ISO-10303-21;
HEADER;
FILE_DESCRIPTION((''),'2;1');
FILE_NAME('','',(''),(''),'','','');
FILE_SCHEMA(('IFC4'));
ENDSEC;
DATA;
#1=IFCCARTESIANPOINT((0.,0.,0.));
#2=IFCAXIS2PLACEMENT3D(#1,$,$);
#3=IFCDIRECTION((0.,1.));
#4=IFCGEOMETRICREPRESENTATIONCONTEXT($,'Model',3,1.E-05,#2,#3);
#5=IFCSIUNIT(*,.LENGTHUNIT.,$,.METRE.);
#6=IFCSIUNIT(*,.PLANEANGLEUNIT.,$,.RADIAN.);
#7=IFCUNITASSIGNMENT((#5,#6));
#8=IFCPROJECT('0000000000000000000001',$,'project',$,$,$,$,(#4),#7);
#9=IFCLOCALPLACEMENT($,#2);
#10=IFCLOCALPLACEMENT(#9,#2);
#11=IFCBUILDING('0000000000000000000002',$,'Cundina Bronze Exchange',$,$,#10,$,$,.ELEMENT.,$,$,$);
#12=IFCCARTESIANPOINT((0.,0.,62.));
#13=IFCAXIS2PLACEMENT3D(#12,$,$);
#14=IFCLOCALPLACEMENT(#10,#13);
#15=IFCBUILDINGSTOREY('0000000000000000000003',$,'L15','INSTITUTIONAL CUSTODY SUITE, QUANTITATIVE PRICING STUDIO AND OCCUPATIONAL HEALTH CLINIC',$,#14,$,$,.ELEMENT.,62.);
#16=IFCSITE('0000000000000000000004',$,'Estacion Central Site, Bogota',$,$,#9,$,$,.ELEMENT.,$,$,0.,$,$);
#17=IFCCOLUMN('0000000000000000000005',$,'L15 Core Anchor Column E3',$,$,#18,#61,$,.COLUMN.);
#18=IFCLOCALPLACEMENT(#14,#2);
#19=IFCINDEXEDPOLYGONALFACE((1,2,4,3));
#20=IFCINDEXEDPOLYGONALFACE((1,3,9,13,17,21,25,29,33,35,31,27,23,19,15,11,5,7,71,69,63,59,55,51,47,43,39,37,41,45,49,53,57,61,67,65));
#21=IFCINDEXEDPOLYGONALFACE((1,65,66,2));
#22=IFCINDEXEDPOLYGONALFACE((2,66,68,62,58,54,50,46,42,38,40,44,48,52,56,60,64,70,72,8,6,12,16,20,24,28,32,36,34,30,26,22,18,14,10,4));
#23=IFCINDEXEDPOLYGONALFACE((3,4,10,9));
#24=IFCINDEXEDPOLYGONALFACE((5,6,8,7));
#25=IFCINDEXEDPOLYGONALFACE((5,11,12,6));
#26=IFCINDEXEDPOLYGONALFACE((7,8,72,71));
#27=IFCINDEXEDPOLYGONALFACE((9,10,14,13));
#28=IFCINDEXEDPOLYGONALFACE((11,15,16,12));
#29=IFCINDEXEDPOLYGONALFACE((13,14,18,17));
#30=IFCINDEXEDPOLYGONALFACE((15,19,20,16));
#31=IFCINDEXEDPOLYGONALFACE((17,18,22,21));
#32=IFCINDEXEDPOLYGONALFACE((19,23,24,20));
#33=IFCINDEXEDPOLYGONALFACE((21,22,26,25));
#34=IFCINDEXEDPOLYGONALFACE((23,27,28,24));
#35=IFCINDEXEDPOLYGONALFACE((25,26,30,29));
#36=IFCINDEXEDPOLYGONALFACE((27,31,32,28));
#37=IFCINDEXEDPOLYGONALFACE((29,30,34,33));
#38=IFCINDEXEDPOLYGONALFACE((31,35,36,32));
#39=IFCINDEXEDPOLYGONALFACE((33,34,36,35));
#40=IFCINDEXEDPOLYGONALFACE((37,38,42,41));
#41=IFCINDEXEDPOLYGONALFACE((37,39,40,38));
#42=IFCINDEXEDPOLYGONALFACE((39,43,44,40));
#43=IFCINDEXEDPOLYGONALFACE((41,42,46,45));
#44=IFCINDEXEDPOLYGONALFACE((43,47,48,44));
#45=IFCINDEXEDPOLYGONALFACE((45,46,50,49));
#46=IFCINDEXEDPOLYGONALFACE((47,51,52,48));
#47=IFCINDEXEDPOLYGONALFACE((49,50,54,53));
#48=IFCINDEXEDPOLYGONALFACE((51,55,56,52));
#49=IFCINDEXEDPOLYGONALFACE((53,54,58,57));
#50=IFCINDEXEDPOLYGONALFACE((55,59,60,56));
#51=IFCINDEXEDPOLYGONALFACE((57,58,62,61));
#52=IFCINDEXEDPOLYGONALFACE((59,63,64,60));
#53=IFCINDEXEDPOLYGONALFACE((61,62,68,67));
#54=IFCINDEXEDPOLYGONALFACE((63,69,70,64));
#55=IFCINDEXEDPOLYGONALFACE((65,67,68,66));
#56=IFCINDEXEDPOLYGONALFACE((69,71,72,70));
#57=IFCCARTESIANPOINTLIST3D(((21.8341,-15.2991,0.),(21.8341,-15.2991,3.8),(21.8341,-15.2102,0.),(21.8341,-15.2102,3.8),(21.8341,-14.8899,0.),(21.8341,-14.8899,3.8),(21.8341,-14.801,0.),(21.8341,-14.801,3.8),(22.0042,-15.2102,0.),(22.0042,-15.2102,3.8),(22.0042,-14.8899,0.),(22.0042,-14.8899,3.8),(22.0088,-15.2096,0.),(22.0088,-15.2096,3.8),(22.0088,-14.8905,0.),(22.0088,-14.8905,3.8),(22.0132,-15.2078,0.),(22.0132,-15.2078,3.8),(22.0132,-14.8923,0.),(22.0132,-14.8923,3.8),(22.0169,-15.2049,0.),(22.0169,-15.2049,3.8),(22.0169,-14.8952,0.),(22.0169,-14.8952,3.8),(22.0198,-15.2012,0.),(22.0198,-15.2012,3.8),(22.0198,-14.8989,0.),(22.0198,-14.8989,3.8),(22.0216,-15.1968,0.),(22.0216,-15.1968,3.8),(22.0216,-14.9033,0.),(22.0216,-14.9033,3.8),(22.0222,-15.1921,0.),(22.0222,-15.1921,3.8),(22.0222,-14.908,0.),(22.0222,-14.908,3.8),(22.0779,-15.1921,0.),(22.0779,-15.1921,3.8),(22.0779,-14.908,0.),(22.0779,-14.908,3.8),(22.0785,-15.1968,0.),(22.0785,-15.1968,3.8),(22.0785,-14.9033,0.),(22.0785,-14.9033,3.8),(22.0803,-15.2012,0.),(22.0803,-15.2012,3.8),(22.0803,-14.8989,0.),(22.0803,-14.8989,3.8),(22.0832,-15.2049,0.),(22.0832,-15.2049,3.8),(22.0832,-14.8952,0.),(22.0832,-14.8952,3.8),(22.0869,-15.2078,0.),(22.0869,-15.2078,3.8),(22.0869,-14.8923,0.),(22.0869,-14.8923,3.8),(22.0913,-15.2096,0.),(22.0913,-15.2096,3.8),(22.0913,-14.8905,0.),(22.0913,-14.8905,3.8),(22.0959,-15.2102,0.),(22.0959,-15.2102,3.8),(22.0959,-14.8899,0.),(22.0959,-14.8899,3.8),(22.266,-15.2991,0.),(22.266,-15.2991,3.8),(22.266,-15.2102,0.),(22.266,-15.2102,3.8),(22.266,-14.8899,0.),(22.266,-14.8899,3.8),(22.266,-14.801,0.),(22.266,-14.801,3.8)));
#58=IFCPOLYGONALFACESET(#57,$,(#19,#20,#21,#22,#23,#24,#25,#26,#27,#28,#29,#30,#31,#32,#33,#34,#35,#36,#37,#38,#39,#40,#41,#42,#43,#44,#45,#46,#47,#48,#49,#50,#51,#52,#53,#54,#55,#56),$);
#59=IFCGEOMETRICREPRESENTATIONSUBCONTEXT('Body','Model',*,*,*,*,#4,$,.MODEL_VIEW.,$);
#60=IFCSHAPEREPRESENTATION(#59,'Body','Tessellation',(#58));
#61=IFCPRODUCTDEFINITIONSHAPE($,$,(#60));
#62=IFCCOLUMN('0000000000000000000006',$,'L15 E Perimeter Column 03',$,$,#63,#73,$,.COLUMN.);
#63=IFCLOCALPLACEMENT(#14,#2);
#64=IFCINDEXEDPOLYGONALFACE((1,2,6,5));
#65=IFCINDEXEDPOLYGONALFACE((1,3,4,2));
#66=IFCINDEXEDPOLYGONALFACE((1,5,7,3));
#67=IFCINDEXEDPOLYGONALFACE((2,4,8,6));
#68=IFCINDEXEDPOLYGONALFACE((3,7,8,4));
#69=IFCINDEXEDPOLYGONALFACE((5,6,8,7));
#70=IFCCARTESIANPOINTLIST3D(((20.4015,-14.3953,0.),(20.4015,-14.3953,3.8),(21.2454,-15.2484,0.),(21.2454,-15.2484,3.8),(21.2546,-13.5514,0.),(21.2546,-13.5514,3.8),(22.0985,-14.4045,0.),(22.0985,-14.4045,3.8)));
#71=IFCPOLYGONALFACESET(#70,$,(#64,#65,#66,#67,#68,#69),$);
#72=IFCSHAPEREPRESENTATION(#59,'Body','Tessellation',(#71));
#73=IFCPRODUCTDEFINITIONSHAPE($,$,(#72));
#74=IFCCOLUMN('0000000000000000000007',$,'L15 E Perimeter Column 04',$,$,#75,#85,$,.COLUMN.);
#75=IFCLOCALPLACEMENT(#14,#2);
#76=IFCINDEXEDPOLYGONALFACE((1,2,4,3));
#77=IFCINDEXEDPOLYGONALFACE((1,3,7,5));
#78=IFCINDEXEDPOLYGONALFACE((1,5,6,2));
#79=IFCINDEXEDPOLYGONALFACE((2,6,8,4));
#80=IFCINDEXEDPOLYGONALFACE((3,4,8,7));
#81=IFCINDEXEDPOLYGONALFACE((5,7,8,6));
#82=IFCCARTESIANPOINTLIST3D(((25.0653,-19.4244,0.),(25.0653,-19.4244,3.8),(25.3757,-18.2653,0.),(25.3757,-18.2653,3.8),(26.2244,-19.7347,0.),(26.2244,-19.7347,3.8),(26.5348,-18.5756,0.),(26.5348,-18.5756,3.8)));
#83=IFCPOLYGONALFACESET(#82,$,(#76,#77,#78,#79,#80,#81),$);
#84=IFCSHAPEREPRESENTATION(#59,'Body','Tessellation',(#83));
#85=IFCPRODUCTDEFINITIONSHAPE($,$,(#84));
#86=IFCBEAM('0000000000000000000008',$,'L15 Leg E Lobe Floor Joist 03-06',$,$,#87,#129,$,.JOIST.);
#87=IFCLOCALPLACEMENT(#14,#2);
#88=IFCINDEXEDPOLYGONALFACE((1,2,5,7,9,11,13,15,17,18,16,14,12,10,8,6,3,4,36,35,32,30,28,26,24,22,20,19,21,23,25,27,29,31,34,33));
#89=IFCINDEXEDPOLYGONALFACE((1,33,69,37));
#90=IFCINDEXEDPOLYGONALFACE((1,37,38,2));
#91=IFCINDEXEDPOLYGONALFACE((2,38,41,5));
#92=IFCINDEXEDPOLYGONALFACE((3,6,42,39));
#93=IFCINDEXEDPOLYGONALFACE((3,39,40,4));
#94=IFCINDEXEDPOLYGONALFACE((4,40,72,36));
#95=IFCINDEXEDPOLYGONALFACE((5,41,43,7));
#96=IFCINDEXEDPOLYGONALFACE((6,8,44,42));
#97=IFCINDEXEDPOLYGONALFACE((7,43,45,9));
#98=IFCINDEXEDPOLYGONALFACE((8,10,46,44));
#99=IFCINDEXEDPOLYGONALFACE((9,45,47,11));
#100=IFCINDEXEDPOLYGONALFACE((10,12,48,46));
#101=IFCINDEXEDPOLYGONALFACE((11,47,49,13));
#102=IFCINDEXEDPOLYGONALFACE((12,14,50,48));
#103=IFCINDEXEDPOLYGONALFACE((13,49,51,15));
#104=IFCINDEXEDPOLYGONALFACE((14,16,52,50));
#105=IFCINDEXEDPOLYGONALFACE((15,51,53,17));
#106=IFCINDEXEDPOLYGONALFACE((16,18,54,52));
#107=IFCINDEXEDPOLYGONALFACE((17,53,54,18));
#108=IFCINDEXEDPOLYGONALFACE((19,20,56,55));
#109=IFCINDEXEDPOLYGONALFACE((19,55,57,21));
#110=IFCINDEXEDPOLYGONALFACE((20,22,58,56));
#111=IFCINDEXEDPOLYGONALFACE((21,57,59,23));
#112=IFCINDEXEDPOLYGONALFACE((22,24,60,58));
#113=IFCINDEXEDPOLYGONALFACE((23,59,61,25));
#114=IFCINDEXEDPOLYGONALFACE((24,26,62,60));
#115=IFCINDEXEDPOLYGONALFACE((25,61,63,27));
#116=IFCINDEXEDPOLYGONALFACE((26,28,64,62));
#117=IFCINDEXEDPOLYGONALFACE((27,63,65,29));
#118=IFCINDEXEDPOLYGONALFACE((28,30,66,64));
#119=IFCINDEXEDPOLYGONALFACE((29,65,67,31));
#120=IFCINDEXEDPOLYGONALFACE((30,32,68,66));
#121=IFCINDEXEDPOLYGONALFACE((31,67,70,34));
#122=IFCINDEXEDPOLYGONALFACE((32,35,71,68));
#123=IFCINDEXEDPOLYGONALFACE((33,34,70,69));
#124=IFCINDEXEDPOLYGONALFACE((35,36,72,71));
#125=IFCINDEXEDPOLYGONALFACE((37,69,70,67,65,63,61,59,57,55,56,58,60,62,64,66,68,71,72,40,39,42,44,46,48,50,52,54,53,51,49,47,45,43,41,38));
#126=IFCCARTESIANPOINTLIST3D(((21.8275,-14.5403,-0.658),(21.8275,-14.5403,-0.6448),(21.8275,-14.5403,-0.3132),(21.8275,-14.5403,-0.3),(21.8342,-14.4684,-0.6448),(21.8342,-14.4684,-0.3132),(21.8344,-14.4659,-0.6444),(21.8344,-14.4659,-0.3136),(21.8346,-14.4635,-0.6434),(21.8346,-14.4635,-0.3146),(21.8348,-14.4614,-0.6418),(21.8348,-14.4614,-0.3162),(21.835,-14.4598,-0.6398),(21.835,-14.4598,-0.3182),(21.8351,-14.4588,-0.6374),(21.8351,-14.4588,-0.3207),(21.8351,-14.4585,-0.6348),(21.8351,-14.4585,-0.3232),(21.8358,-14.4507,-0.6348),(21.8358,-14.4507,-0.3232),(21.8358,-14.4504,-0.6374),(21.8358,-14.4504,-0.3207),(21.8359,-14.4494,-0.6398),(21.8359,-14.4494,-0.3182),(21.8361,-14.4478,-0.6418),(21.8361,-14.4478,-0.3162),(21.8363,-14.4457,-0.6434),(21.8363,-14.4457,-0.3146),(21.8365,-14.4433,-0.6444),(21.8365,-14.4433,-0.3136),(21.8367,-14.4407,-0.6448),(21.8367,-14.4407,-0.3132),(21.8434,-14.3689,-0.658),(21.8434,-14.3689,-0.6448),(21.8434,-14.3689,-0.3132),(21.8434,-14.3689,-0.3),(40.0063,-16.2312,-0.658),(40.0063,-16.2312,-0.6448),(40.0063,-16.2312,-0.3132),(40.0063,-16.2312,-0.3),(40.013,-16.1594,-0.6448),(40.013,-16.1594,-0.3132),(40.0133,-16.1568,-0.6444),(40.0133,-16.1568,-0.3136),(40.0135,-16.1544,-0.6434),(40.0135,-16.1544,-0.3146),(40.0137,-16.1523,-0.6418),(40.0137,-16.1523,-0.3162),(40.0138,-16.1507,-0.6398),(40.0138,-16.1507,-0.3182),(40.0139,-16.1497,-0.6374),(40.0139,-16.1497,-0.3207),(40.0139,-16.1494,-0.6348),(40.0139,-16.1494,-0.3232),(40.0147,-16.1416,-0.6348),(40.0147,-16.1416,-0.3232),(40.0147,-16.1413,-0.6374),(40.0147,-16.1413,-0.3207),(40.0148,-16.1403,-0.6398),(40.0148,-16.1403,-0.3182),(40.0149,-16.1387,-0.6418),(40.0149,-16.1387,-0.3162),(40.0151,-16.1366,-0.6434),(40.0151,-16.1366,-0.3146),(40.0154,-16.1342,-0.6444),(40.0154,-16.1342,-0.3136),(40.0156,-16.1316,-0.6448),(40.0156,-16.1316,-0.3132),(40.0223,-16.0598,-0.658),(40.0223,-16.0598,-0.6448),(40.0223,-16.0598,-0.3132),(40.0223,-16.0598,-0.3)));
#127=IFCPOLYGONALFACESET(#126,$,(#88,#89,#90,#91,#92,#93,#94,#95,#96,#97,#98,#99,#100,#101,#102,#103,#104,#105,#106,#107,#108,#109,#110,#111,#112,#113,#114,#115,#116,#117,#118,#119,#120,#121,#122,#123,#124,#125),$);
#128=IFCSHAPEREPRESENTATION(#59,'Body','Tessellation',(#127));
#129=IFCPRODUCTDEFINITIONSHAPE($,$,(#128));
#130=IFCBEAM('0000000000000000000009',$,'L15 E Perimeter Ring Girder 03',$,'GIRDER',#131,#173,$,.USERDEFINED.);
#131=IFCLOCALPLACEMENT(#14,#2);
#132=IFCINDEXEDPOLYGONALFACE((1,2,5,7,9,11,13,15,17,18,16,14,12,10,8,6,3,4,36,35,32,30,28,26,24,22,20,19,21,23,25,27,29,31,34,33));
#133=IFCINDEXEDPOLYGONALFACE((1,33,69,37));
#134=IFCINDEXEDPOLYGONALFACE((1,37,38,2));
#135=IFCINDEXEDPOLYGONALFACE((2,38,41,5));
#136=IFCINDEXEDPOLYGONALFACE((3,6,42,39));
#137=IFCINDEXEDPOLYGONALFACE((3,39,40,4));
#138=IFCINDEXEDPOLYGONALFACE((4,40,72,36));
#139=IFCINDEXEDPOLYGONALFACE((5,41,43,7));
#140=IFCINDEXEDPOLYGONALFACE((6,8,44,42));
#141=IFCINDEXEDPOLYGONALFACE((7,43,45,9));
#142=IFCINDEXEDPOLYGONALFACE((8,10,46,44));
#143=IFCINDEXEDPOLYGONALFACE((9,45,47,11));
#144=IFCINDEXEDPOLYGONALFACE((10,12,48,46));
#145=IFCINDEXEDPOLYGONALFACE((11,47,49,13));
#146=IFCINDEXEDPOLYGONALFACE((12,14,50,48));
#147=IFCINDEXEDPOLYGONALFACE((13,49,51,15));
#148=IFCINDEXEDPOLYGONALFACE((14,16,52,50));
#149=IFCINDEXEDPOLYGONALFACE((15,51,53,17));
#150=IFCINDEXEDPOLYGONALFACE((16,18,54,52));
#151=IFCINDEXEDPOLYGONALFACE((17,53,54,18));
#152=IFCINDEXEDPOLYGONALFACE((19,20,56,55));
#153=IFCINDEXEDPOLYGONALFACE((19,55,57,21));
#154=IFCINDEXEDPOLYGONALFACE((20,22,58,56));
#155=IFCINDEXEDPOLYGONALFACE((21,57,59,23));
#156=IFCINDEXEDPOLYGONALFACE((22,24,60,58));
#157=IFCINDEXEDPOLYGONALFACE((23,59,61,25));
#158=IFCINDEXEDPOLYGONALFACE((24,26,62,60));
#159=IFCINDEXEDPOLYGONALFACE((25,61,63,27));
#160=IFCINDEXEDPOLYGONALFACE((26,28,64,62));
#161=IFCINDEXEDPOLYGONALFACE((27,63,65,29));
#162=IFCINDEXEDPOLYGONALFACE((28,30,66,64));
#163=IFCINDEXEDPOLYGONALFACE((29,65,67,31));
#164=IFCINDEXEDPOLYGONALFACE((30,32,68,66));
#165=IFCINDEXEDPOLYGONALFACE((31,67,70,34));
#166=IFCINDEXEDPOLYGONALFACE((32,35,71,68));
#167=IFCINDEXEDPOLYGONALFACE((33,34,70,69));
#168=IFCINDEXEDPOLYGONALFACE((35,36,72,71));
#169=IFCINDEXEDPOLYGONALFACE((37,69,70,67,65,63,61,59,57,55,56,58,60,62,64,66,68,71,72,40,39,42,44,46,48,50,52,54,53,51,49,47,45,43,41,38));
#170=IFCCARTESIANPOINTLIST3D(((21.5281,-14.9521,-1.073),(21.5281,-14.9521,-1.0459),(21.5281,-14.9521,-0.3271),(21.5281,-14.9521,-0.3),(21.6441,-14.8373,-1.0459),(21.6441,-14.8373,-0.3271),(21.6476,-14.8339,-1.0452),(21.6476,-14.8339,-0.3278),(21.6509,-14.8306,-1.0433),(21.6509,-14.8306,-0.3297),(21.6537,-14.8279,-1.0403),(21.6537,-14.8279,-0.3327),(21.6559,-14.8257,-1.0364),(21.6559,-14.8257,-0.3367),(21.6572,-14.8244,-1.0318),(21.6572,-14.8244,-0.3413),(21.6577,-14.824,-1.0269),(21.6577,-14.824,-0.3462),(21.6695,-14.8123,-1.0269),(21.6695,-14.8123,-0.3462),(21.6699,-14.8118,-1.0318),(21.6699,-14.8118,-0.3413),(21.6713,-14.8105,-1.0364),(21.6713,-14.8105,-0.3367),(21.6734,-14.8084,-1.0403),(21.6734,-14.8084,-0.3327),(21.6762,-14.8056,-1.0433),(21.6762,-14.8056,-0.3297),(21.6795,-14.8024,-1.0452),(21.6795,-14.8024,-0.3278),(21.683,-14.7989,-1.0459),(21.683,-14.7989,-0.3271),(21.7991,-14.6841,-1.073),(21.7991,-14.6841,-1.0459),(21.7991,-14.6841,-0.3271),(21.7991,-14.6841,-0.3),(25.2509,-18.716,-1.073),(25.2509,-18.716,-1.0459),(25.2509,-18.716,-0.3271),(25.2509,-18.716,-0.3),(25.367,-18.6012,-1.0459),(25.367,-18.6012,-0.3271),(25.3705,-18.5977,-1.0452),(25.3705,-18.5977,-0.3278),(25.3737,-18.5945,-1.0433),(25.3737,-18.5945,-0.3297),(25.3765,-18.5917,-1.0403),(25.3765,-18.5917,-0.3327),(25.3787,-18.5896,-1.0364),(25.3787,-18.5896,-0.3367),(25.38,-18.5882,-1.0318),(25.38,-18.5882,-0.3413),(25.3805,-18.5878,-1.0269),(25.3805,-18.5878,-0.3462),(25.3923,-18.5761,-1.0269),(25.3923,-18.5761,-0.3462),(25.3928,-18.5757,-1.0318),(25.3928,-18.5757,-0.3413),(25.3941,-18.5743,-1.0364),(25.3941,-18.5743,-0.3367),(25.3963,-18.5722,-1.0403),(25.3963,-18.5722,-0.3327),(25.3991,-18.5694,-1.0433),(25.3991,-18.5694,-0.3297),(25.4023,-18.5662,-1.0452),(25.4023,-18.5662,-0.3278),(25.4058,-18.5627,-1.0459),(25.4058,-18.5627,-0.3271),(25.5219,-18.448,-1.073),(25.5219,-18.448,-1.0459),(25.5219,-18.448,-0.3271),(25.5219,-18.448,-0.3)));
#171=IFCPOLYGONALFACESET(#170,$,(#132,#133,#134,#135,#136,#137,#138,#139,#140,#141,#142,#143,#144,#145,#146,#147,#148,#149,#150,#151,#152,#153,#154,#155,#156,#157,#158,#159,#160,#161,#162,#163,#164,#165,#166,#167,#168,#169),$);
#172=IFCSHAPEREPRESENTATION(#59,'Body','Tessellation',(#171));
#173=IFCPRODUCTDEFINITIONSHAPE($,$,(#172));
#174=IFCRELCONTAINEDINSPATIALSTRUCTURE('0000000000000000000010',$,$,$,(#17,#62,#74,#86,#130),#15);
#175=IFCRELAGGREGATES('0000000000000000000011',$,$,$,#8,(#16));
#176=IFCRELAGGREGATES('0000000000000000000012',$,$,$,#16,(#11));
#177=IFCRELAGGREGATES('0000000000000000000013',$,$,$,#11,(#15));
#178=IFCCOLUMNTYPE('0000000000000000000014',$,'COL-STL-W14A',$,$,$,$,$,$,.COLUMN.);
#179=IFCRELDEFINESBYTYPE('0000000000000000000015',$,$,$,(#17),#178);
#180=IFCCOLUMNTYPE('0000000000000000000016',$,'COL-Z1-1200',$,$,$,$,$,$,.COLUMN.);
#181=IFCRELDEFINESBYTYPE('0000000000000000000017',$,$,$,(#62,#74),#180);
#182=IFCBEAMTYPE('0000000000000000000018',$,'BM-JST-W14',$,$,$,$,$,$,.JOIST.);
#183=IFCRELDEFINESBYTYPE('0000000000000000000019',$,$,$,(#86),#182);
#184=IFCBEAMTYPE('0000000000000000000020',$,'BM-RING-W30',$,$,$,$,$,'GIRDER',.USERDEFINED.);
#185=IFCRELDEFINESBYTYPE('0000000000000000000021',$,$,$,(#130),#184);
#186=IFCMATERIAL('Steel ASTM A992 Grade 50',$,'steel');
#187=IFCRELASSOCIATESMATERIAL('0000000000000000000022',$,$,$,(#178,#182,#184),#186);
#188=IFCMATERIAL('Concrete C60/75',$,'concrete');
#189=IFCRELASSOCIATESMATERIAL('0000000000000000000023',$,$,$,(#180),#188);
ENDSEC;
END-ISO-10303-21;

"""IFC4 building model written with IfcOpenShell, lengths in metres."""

from ifc_helpers import new_model, si_unit, direction, frame, origin, origin_2d, place, context, subcontext, project, spatial, rectangle, i_section, extrude, material, material_profile, profile_set, type_object, element, save


model = new_model("IFC4")

# Units and contexts
model_context = context("Model", 3, precision=1e-05, world=origin(), true_north=direction((0.0, 1.0)))
body_context = subcontext(model_context, "Body", "Model", "MODEL_VIEW")
ifc_project = project(units=[si_unit("LENGTHUNIT", "METRE"), si_unit("PLANEANGLEUNIT", "RADIAN")], contexts=[model_context])

# Site, building, storey
site_placement = place(None, origin())
site = spatial("IfcSite", under=ifc_project, at=site_placement, Name="Estacion Central Site, Bogota", CompositionType="ELEMENT", RefElevation=0.0)
building_placement = place(site_placement, origin())
building = spatial("IfcBuilding", under=site, at=building_placement, Name="Cundina Bronze Exchange", CompositionType="ELEMENT")
storey_placement = place(building_placement, frame((0.0, 0.0, 62.0)))
storey = spatial("IfcBuildingStorey", under=building, at=storey_placement, Name="L15", Description="INSTITUTIONAL CUSTODY SUITE, QUANTITATIVE PRICING STUDIO AND OCCUPATIONAL HEALTH CLINIC", CompositionType="ELEMENT", Elevation=62.0)

# Columns
ifc_material_1 = material(Name="Steel ASTM A992 Grade 50", Category="steel")
ifc_material_profile_1 = material_profile(ifc_material_1, i_section(OverallWidth=0.4319, OverallDepth=0.498, WebThickness=0.0557, FlangeThickness=0.0889, FilletRadius=0.0181, at=origin_2d()), Name="W14X500", Category="steel")
ifc_profile_set_1 = profile_set([ifc_material_profile_1], Name="Steel ASTM A992 Grade 50")
column_type_1 = type_object("IfcColumnType", Name="COL-STL-W14A", PredefinedType="COLUMN", material=ifc_profile_set_1)
column_placement = place(storey_placement, frame((22.05, -15.05, 0.0), z_axis=(0.0, 0.0, 1.0), x_axis=(1.0, 0.0, 0.0)))
element("IfcColumn", 1, at=column_placement, inside=storey, type_object=column_type_1, Name="L15 Core Anchor Column E3", PredefinedType="COLUMN", context=body_context, shape_type="SweptSolid", body=[
    extrude(i_section(OverallWidth=0.4319, OverallDepth=0.498, WebThickness=0.0557, FlangeThickness=0.0889, FilletRadius=0.0181, at=origin_2d()), origin(), (0.0, 0.0, 1.0), 3.8),
])
ifc_material_2 = material(Name="Concrete C60/75", Category="concrete")
ifc_material_profile_2 = material_profile(ifc_material_2, rectangle(XDim=1.2, YDim=1.2, at=origin_2d()), Name="RC1200X1200", Category="concrete")
ifc_profile_set_2 = profile_set([ifc_material_profile_2], Name="Concrete C60/75")
column_type_2 = type_object("IfcColumnType", Name="COL-Z1-1200", PredefinedType="COLUMN", material=ifc_profile_set_2)
for number, where, z_axis, x_axis, name in (
    (2, (21.25, -14.3999, 0.0), (0.0, 0.0, 1.0), (0.703271, -0.710922, 0.0), "L15 E Perimeter Column 03"),
    (3, (25.8, -19.0, 0.0), (0.0, 0.0, 1.0), (0.965971, -0.25865, 0.0), "L15 E Perimeter Column 04"),
):
    element("IfcColumn", number, at=place(storey_placement, frame(where, z_axis=z_axis, x_axis=x_axis)), inside=storey, type_object=column_type_2, Name=name, PredefinedType="COLUMN", context=body_context, shape_type="SweptSolid", body=[
        extrude(rectangle(XDim=1.2, YDim=1.2, at=origin_2d()), origin(), (0.0, 0.0, 1.0), 3.8),
    ])

# Beams
ifc_material_profile_3 = material_profile(ifc_material_1, i_section(OverallWidth=0.1721, OverallDepth=0.3579, WebThickness=0.0078, FlangeThickness=0.0132, FilletRadius=0.01, at=origin_2d()), Name="W14X38", Category="steel")
ifc_profile_set_3 = profile_set([ifc_material_profile_3], Name="Steel ASTM A992 Grade 50")
beam_type_1 = type_object("IfcBeamType", Name="BM-JST-W14", PredefinedType="JOIST", material=ifc_profile_set_3)
beam_1_placement = place(storey_placement, frame((21.8354, -14.4546, -0.479), z_axis=(0.995702, -0.092615, 0.0), x_axis=(0.092615, 0.995702, 0.0)))
element("IfcBeam", 4, at=beam_1_placement, inside=storey, type_object=beam_type_1, Name="L15 Leg E Lobe Floor Joist 03-06", PredefinedType="JOIST", context=body_context, shape_type="SweptSolid", body=[
    extrude(i_section(OverallWidth=0.1721, OverallDepth=0.3579, WebThickness=0.0078, FlangeThickness=0.0132, FilletRadius=0.01, at=origin_2d()), origin(), (0.0, 0.0, 1.0), 18.2573),
])
ifc_material_profile_4 = material_profile(ifc_material_1, i_section(OverallWidth=0.3811, OverallDepth=0.7729, WebThickness=0.0166, FlangeThickness=0.0271, FilletRadius=0.019, at=origin_2d()), Name="W30X173", Category="steel")
ifc_profile_set_4 = profile_set([ifc_material_profile_4], Name="Steel ASTM A992 Grade 50")
beam_type_2 = type_object("IfcBeamType", Name="BM-RING-W30", ElementType="GIRDER", PredefinedType="USERDEFINED", material=ifc_profile_set_4)
beam_2_placement = place(storey_placement, frame((21.6636, -14.8181, -0.6865), z_axis=(0.703222, -0.71097, 0.0), x_axis=(0.71097, 0.703222, 0.0)))
element("IfcBeam", 5, at=beam_2_placement, inside=storey, type_object=beam_type_2, Name="L15 E Perimeter Ring Girder 03", ObjectType="GIRDER", PredefinedType="USERDEFINED", context=body_context, shape_type="SweptSolid", body=[
    extrude(i_section(OverallWidth=0.3811, OverallDepth=0.7729, WebThickness=0.0166, FlangeThickness=0.0271, FilletRadius=0.019, at=origin_2d()), origin(), (0.0, 0.0, 1.0), 5.2939),
])

save(model, "model.ifc")
